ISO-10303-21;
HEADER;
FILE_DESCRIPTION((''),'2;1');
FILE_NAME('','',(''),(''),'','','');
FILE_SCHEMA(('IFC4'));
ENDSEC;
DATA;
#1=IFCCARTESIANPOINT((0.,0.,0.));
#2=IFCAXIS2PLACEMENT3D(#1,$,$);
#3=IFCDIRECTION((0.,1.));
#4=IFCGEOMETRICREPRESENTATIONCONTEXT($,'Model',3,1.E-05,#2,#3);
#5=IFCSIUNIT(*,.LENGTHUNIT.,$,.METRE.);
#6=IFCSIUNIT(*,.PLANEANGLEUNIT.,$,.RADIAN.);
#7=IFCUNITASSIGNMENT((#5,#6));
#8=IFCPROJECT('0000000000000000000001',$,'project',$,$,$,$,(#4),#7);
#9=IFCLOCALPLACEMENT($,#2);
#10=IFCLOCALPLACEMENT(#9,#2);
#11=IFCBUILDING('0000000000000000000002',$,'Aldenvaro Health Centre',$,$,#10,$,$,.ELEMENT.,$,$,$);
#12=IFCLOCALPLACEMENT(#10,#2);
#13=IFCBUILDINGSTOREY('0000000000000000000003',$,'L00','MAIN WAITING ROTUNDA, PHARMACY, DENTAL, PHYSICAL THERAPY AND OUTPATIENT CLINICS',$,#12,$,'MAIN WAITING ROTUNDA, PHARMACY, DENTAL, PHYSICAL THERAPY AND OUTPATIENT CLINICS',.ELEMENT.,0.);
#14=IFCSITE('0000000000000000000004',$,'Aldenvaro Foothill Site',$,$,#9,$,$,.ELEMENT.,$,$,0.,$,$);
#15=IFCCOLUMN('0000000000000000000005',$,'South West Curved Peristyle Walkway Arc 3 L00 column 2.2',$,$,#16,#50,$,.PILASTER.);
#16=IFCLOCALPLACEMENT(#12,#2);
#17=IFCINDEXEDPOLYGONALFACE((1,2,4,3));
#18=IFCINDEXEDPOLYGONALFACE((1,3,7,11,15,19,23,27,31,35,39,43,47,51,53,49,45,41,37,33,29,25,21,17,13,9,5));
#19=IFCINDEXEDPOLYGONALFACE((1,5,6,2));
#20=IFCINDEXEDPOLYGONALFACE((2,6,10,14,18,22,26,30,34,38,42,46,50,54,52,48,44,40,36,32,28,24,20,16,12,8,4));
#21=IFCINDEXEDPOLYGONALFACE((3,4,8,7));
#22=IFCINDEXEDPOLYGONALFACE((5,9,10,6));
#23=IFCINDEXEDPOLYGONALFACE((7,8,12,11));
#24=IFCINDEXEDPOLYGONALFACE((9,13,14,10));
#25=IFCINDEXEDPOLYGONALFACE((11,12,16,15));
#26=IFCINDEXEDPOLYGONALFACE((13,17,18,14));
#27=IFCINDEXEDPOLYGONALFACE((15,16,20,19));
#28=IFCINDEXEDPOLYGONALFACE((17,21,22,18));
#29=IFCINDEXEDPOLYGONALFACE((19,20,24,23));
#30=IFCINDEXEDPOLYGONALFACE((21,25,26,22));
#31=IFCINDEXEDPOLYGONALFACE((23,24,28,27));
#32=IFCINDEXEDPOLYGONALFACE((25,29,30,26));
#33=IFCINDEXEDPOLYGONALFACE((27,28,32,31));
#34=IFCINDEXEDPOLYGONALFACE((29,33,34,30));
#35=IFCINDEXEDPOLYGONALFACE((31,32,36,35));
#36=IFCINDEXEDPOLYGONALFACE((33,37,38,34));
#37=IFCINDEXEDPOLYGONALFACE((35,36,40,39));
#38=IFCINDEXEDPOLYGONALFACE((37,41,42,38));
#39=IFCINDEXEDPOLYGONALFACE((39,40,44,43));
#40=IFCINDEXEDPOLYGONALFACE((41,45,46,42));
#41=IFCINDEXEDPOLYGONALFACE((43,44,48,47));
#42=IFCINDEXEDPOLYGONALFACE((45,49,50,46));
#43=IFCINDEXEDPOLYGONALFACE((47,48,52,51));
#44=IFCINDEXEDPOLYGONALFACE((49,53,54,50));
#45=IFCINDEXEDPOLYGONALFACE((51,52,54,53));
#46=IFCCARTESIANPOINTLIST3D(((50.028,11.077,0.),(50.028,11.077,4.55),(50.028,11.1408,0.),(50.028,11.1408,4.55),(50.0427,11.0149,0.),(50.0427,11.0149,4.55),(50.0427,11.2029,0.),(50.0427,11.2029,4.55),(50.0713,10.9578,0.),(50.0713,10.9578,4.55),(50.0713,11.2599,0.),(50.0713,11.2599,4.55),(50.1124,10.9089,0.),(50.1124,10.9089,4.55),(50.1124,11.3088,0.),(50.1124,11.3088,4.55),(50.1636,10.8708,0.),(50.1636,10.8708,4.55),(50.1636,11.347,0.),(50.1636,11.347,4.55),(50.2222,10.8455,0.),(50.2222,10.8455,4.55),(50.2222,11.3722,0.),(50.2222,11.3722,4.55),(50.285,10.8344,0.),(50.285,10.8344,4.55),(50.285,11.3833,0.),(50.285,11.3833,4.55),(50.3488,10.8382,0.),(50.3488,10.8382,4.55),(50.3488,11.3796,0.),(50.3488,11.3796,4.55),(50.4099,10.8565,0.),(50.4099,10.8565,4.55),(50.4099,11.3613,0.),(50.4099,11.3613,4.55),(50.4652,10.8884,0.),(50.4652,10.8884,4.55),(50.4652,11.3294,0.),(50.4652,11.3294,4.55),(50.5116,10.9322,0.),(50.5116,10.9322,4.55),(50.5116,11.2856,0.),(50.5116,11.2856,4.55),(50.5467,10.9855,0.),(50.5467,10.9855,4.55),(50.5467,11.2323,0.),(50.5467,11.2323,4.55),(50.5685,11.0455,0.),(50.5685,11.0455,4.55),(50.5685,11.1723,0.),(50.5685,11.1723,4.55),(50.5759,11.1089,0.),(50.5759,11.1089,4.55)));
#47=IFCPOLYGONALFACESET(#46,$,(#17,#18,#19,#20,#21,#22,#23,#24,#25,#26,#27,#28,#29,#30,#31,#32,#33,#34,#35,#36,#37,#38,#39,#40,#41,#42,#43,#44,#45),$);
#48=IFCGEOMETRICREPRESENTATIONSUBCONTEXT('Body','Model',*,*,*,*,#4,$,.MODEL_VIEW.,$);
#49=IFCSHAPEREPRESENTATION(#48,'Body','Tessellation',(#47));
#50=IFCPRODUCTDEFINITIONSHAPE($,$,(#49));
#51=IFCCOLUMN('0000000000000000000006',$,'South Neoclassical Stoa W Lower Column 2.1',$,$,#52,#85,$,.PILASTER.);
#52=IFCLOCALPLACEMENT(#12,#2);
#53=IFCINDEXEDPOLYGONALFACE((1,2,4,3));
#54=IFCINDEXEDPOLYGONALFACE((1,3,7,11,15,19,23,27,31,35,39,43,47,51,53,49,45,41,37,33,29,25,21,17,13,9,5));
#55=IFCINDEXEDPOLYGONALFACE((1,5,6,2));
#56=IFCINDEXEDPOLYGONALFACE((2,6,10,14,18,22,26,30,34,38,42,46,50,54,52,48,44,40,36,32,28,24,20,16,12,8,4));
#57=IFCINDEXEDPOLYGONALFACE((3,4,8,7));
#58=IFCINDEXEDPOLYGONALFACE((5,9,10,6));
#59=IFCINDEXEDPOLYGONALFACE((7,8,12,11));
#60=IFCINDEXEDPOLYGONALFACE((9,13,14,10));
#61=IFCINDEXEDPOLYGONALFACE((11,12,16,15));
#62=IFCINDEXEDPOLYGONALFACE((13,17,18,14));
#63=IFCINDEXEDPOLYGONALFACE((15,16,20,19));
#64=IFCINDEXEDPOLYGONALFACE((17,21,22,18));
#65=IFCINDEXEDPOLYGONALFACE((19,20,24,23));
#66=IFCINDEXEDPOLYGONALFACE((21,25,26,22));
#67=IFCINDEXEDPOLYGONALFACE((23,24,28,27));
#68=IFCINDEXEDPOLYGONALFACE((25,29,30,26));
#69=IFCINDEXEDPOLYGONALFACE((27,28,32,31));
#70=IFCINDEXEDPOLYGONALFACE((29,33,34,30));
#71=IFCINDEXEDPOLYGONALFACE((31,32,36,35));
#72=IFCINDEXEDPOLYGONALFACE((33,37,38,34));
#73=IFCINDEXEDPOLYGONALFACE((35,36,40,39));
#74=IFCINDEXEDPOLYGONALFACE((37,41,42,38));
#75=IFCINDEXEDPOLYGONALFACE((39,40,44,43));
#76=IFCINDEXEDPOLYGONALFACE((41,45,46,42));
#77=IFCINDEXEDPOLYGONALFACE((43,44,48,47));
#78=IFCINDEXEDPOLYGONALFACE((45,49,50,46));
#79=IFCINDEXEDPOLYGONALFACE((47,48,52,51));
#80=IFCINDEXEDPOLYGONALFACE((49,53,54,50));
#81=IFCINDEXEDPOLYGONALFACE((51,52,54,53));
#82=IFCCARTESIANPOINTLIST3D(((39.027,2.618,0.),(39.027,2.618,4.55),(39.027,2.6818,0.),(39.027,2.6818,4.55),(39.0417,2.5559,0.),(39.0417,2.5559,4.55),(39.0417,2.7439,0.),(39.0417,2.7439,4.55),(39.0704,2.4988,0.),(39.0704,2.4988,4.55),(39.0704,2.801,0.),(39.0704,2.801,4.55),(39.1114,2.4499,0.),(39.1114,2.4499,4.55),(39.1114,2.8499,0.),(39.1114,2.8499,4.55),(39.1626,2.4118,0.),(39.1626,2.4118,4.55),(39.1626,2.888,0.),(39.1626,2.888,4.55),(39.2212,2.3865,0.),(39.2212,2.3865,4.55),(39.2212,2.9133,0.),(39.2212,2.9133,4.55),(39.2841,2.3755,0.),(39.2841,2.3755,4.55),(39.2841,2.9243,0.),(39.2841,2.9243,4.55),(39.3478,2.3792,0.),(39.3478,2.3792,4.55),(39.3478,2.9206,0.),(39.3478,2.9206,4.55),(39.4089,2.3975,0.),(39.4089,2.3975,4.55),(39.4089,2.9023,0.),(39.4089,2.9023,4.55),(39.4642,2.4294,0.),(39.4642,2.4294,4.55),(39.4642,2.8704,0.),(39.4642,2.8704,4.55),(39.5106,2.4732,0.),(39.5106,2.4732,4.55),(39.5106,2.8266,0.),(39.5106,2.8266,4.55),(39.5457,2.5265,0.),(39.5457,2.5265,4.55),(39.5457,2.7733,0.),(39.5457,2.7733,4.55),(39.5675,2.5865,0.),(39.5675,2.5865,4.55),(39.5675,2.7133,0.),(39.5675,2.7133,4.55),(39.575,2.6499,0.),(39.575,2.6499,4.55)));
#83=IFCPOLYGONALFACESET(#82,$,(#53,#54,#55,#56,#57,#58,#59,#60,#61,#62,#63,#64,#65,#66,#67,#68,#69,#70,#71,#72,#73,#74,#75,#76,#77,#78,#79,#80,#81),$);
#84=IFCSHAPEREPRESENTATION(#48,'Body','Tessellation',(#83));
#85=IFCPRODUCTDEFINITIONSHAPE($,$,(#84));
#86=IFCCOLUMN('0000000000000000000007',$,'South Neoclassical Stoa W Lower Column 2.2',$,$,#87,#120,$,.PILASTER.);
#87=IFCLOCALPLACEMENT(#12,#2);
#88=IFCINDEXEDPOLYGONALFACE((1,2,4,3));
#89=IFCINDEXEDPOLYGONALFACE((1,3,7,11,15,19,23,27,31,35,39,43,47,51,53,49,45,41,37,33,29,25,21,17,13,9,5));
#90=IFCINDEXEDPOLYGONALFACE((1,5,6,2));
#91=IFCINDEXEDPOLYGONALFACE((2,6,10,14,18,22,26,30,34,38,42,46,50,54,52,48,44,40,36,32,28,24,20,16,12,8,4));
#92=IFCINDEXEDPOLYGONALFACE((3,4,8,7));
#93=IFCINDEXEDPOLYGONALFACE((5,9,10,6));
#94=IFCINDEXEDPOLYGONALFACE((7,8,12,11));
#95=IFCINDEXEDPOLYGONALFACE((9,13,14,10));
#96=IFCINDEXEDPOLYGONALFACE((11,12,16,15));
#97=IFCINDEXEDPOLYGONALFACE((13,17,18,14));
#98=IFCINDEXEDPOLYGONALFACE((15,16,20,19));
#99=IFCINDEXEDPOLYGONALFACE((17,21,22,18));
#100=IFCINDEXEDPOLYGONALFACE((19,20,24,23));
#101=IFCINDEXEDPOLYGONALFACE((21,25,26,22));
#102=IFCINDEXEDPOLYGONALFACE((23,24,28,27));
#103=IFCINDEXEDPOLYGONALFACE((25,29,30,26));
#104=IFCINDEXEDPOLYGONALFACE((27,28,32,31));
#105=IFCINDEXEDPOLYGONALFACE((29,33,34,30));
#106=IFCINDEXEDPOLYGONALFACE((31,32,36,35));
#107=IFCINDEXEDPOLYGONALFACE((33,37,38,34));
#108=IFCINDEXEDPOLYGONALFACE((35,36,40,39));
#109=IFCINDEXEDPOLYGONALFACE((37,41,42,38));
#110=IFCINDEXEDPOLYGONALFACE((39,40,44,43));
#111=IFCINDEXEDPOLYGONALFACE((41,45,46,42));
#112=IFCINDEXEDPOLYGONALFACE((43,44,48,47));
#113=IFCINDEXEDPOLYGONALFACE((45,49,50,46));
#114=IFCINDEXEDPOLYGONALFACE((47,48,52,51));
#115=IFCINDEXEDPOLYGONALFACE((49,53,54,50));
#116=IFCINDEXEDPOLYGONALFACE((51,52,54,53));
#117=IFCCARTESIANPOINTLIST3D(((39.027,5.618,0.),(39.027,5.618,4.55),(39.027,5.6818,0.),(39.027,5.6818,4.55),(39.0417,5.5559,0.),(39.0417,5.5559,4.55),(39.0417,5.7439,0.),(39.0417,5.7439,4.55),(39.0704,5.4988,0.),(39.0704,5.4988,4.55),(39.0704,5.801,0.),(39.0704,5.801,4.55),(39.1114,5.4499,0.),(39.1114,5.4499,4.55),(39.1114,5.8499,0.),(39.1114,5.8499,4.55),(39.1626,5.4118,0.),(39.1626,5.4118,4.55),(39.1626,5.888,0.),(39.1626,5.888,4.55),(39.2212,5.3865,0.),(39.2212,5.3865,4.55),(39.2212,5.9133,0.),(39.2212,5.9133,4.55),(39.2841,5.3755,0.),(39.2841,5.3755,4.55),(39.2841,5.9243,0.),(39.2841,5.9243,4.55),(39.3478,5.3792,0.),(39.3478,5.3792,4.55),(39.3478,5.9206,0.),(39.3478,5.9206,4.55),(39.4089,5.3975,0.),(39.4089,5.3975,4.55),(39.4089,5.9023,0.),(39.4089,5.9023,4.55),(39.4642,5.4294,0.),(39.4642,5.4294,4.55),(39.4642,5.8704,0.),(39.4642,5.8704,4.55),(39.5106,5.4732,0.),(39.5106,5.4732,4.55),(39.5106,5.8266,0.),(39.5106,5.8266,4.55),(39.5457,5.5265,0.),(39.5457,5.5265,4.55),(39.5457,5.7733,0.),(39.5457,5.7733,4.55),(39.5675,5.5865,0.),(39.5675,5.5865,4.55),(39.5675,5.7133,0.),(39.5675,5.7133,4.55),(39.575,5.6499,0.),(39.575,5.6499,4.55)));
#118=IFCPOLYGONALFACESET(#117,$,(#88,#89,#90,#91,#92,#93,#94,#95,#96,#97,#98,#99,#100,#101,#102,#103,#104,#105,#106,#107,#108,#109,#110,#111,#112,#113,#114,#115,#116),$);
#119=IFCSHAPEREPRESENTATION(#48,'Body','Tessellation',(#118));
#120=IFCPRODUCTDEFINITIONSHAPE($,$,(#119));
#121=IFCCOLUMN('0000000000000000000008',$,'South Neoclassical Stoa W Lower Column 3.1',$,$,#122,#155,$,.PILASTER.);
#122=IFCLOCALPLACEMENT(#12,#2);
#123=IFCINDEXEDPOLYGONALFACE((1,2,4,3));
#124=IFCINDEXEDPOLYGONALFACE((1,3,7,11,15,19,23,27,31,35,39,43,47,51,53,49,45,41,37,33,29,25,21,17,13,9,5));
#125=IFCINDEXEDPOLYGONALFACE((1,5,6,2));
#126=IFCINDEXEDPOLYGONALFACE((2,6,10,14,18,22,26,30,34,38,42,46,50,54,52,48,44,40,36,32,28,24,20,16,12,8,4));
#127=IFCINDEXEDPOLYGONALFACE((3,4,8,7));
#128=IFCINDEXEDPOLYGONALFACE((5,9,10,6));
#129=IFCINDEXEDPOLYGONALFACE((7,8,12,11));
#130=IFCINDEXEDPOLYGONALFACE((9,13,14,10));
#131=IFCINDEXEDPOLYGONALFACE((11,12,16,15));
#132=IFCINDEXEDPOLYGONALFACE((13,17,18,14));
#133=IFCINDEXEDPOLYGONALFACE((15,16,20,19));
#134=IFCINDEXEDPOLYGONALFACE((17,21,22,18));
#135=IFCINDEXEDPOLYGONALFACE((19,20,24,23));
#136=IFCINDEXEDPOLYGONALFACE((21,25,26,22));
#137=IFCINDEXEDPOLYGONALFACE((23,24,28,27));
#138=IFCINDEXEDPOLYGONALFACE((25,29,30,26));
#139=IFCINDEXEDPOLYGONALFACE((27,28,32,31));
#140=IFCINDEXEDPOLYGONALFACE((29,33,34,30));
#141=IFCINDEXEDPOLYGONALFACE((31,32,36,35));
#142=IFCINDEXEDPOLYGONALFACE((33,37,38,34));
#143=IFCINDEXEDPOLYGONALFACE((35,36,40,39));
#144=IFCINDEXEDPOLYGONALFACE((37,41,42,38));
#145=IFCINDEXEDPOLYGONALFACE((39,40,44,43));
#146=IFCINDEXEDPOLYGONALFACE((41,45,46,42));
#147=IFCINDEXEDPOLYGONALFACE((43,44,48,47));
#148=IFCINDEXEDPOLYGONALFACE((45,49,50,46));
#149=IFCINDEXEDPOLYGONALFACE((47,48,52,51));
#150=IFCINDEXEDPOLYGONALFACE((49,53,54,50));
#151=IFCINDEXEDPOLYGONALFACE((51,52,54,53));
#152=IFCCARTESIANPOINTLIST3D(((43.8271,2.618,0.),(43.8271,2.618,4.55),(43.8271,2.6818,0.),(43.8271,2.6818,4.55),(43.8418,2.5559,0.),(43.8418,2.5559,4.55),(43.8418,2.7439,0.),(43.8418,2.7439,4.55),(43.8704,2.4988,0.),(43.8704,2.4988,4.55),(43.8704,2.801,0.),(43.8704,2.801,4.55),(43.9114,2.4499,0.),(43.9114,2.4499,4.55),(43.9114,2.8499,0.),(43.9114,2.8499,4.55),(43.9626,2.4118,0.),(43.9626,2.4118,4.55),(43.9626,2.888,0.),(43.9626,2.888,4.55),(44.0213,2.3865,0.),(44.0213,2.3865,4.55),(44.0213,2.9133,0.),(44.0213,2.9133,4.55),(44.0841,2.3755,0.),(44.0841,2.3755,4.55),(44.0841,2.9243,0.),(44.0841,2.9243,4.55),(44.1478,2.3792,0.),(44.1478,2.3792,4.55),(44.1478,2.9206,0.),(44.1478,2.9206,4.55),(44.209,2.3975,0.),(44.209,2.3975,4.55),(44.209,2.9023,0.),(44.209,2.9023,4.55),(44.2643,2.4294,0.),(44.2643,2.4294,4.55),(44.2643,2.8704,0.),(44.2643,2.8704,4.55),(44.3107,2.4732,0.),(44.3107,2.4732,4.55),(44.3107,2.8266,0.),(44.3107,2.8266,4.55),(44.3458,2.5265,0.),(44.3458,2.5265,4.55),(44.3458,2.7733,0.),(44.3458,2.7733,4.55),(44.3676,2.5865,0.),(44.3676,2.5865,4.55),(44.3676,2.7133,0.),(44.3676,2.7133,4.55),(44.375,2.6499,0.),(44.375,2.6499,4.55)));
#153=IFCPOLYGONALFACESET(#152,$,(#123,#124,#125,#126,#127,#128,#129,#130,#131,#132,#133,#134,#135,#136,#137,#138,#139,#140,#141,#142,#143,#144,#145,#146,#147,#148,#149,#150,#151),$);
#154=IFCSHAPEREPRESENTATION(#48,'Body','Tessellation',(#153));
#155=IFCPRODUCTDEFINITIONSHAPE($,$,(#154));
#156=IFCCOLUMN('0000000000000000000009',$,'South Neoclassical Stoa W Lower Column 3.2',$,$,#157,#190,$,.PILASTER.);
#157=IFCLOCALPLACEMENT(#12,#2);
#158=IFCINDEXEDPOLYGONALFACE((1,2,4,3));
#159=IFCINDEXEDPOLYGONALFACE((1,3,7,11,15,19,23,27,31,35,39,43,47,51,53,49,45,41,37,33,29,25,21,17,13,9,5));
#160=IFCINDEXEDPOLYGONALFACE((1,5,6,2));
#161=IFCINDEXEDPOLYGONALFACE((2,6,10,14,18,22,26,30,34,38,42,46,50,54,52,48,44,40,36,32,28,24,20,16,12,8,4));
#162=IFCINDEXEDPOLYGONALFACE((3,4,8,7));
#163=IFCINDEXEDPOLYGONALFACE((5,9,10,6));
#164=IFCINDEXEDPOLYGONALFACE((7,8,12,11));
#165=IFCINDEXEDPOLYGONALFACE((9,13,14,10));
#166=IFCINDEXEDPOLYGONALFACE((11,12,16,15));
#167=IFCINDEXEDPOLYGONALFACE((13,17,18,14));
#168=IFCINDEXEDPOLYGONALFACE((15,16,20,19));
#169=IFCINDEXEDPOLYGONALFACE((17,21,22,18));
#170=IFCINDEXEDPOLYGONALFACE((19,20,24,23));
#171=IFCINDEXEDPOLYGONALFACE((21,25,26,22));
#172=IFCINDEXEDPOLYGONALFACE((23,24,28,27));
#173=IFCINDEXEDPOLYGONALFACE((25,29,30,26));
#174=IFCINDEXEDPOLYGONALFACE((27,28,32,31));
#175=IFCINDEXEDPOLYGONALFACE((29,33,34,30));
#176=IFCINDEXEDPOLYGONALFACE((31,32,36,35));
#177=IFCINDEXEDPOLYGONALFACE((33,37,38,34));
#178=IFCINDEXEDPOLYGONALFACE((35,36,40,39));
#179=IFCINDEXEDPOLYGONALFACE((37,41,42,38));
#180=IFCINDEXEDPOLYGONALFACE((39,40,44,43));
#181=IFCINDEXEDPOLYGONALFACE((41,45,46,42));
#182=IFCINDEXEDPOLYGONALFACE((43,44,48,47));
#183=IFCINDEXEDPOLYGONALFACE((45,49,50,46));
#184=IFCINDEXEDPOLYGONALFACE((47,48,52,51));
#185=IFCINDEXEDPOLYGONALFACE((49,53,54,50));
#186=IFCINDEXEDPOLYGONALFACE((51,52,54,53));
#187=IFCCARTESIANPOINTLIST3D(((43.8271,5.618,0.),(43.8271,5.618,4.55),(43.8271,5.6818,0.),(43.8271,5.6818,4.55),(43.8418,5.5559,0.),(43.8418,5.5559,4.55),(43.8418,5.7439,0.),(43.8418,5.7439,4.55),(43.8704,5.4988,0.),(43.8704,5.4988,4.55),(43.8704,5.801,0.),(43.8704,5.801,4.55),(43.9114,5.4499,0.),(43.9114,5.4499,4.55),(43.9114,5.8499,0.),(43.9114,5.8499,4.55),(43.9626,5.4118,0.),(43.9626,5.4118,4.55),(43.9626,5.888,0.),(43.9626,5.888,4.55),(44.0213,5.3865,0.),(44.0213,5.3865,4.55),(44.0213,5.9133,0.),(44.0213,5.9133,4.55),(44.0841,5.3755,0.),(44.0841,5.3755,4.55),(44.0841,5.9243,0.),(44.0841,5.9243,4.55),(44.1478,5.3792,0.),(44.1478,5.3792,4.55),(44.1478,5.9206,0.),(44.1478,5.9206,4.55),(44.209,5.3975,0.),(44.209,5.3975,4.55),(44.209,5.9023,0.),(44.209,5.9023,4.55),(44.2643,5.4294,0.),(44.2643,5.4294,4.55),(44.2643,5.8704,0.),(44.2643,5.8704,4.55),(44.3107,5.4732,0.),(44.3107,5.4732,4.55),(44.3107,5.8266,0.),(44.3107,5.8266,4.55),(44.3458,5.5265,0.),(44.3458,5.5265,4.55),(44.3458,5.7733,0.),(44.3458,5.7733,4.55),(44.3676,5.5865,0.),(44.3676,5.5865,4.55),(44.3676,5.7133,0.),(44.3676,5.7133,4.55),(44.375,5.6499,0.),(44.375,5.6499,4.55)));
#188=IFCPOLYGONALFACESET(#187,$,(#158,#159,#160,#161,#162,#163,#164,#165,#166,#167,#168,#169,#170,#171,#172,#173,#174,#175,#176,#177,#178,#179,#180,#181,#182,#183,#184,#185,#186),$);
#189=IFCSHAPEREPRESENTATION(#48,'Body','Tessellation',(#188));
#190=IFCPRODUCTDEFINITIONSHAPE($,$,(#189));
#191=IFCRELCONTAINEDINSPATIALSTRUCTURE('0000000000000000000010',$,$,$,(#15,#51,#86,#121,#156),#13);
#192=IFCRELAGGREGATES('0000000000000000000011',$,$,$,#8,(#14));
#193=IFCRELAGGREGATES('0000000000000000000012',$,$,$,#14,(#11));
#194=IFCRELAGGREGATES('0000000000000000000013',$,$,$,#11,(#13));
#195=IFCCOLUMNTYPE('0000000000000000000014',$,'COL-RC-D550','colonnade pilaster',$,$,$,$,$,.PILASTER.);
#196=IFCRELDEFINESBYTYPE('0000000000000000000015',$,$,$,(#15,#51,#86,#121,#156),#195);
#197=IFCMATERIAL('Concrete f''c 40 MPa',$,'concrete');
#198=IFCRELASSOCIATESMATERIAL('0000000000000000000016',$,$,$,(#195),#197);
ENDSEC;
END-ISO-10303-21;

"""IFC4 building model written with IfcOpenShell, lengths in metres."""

from ifc_helpers import new_model, si_unit, direction, frame, origin, origin_2d, place, context, subcontext, project, spatial, circle, extrude, material, material_profile, profile_set, type_object, element, save


model = new_model("IFC4")

# Units and contexts
model_context = context("Model", 3, precision=1e-05, world=origin(), true_north=direction((0.0, 1.0)))
body_context = subcontext(model_context, "Body", "Model", "MODEL_VIEW")
ifc_project = project(units=[si_unit("LENGTHUNIT", "METRE"), si_unit("PLANEANGLEUNIT", "RADIAN")], contexts=[model_context])

# Site, building, storey
site_placement = place(None, origin())
site = spatial("IfcSite", under=ifc_project, at=site_placement, Name="Aldenvaro Foothill Site", CompositionType="ELEMENT", RefElevation=0.0)
building_placement = place(site_placement, origin())
building = spatial("IfcBuilding", under=site, at=building_placement, Name="Aldenvaro Health Centre", CompositionType="ELEMENT")
storey_placement = place(building_placement, origin())
storey = spatial("IfcBuildingStorey", under=building, at=storey_placement, Name="L00", Description="MAIN WAITING ROTUNDA, PHARMACY, DENTAL, PHYSICAL THERAPY AND OUTPATIENT CLINICS", LongName="MAIN WAITING ROTUNDA, PHARMACY, DENTAL, PHYSICAL THERAPY AND OUTPATIENT CLINICS", CompositionType="ELEMENT", Elevation=0.0)

# Columns
ifc_material_1 = material(Name="Concrete f'c 40 MPa", Category="concrete")
ifc_material_profile_1 = material_profile(ifc_material_1, circle(Radius=0.2749, at=origin_2d()), Name="RC D550", Category="concrete")
ifc_profile_set_1 = profile_set([ifc_material_profile_1], Name="Concrete f'c 40 MPa")
column_type = type_object("IfcColumnType", Name="COL-RC-D550", Description="colonnade pilaster", PredefinedType="PILASTER", material=ifc_profile_set_1)
for number, where, z_axis, x_axis, name in (
    (1, (50.301, 11.1089, 0.0), (0.0, 0.0, 1.0), (1.0, 0.0, 0.0), "South West Curved Peristyle Walkway Arc 3 L00 column 2.2"),
    (2, (39.3, 2.6499, 0.0), (0.0, 0.0, 1.0), (1.0, 0.0, 0.0), "South Neoclassical Stoa W Lower Column 2.1"),
    (3, (39.3, 5.6499, 0.0), (0.0, 0.0, 1.0), (1.0, 0.0, 0.0), "South Neoclassical Stoa W Lower Column 2.2"),
    (4, (44.1001, 2.6499, 0.0), (0.0, 0.0, 1.0), (1.0, 0.0, 0.0), "South Neoclassical Stoa W Lower Column 3.1"),
    (5, (44.1001, 5.6499, 0.0), (0.0, 0.0, 1.0), (1.0, 0.0, 0.0), "South Neoclassical Stoa W Lower Column 3.2"),
):
    element("IfcColumn", number, at=place(storey_placement, frame(where, z_axis=z_axis, x_axis=x_axis)), inside=storey, type_object=column_type, Name=name, PredefinedType="PILASTER", context=body_context, shape_type="SweptSolid", body=[
        extrude(circle(Radius=0.2749, at=origin_2d()), origin(), (0.0, 0.0, 1.0), 4.55),
    ])

save(model, "model.ifc")
